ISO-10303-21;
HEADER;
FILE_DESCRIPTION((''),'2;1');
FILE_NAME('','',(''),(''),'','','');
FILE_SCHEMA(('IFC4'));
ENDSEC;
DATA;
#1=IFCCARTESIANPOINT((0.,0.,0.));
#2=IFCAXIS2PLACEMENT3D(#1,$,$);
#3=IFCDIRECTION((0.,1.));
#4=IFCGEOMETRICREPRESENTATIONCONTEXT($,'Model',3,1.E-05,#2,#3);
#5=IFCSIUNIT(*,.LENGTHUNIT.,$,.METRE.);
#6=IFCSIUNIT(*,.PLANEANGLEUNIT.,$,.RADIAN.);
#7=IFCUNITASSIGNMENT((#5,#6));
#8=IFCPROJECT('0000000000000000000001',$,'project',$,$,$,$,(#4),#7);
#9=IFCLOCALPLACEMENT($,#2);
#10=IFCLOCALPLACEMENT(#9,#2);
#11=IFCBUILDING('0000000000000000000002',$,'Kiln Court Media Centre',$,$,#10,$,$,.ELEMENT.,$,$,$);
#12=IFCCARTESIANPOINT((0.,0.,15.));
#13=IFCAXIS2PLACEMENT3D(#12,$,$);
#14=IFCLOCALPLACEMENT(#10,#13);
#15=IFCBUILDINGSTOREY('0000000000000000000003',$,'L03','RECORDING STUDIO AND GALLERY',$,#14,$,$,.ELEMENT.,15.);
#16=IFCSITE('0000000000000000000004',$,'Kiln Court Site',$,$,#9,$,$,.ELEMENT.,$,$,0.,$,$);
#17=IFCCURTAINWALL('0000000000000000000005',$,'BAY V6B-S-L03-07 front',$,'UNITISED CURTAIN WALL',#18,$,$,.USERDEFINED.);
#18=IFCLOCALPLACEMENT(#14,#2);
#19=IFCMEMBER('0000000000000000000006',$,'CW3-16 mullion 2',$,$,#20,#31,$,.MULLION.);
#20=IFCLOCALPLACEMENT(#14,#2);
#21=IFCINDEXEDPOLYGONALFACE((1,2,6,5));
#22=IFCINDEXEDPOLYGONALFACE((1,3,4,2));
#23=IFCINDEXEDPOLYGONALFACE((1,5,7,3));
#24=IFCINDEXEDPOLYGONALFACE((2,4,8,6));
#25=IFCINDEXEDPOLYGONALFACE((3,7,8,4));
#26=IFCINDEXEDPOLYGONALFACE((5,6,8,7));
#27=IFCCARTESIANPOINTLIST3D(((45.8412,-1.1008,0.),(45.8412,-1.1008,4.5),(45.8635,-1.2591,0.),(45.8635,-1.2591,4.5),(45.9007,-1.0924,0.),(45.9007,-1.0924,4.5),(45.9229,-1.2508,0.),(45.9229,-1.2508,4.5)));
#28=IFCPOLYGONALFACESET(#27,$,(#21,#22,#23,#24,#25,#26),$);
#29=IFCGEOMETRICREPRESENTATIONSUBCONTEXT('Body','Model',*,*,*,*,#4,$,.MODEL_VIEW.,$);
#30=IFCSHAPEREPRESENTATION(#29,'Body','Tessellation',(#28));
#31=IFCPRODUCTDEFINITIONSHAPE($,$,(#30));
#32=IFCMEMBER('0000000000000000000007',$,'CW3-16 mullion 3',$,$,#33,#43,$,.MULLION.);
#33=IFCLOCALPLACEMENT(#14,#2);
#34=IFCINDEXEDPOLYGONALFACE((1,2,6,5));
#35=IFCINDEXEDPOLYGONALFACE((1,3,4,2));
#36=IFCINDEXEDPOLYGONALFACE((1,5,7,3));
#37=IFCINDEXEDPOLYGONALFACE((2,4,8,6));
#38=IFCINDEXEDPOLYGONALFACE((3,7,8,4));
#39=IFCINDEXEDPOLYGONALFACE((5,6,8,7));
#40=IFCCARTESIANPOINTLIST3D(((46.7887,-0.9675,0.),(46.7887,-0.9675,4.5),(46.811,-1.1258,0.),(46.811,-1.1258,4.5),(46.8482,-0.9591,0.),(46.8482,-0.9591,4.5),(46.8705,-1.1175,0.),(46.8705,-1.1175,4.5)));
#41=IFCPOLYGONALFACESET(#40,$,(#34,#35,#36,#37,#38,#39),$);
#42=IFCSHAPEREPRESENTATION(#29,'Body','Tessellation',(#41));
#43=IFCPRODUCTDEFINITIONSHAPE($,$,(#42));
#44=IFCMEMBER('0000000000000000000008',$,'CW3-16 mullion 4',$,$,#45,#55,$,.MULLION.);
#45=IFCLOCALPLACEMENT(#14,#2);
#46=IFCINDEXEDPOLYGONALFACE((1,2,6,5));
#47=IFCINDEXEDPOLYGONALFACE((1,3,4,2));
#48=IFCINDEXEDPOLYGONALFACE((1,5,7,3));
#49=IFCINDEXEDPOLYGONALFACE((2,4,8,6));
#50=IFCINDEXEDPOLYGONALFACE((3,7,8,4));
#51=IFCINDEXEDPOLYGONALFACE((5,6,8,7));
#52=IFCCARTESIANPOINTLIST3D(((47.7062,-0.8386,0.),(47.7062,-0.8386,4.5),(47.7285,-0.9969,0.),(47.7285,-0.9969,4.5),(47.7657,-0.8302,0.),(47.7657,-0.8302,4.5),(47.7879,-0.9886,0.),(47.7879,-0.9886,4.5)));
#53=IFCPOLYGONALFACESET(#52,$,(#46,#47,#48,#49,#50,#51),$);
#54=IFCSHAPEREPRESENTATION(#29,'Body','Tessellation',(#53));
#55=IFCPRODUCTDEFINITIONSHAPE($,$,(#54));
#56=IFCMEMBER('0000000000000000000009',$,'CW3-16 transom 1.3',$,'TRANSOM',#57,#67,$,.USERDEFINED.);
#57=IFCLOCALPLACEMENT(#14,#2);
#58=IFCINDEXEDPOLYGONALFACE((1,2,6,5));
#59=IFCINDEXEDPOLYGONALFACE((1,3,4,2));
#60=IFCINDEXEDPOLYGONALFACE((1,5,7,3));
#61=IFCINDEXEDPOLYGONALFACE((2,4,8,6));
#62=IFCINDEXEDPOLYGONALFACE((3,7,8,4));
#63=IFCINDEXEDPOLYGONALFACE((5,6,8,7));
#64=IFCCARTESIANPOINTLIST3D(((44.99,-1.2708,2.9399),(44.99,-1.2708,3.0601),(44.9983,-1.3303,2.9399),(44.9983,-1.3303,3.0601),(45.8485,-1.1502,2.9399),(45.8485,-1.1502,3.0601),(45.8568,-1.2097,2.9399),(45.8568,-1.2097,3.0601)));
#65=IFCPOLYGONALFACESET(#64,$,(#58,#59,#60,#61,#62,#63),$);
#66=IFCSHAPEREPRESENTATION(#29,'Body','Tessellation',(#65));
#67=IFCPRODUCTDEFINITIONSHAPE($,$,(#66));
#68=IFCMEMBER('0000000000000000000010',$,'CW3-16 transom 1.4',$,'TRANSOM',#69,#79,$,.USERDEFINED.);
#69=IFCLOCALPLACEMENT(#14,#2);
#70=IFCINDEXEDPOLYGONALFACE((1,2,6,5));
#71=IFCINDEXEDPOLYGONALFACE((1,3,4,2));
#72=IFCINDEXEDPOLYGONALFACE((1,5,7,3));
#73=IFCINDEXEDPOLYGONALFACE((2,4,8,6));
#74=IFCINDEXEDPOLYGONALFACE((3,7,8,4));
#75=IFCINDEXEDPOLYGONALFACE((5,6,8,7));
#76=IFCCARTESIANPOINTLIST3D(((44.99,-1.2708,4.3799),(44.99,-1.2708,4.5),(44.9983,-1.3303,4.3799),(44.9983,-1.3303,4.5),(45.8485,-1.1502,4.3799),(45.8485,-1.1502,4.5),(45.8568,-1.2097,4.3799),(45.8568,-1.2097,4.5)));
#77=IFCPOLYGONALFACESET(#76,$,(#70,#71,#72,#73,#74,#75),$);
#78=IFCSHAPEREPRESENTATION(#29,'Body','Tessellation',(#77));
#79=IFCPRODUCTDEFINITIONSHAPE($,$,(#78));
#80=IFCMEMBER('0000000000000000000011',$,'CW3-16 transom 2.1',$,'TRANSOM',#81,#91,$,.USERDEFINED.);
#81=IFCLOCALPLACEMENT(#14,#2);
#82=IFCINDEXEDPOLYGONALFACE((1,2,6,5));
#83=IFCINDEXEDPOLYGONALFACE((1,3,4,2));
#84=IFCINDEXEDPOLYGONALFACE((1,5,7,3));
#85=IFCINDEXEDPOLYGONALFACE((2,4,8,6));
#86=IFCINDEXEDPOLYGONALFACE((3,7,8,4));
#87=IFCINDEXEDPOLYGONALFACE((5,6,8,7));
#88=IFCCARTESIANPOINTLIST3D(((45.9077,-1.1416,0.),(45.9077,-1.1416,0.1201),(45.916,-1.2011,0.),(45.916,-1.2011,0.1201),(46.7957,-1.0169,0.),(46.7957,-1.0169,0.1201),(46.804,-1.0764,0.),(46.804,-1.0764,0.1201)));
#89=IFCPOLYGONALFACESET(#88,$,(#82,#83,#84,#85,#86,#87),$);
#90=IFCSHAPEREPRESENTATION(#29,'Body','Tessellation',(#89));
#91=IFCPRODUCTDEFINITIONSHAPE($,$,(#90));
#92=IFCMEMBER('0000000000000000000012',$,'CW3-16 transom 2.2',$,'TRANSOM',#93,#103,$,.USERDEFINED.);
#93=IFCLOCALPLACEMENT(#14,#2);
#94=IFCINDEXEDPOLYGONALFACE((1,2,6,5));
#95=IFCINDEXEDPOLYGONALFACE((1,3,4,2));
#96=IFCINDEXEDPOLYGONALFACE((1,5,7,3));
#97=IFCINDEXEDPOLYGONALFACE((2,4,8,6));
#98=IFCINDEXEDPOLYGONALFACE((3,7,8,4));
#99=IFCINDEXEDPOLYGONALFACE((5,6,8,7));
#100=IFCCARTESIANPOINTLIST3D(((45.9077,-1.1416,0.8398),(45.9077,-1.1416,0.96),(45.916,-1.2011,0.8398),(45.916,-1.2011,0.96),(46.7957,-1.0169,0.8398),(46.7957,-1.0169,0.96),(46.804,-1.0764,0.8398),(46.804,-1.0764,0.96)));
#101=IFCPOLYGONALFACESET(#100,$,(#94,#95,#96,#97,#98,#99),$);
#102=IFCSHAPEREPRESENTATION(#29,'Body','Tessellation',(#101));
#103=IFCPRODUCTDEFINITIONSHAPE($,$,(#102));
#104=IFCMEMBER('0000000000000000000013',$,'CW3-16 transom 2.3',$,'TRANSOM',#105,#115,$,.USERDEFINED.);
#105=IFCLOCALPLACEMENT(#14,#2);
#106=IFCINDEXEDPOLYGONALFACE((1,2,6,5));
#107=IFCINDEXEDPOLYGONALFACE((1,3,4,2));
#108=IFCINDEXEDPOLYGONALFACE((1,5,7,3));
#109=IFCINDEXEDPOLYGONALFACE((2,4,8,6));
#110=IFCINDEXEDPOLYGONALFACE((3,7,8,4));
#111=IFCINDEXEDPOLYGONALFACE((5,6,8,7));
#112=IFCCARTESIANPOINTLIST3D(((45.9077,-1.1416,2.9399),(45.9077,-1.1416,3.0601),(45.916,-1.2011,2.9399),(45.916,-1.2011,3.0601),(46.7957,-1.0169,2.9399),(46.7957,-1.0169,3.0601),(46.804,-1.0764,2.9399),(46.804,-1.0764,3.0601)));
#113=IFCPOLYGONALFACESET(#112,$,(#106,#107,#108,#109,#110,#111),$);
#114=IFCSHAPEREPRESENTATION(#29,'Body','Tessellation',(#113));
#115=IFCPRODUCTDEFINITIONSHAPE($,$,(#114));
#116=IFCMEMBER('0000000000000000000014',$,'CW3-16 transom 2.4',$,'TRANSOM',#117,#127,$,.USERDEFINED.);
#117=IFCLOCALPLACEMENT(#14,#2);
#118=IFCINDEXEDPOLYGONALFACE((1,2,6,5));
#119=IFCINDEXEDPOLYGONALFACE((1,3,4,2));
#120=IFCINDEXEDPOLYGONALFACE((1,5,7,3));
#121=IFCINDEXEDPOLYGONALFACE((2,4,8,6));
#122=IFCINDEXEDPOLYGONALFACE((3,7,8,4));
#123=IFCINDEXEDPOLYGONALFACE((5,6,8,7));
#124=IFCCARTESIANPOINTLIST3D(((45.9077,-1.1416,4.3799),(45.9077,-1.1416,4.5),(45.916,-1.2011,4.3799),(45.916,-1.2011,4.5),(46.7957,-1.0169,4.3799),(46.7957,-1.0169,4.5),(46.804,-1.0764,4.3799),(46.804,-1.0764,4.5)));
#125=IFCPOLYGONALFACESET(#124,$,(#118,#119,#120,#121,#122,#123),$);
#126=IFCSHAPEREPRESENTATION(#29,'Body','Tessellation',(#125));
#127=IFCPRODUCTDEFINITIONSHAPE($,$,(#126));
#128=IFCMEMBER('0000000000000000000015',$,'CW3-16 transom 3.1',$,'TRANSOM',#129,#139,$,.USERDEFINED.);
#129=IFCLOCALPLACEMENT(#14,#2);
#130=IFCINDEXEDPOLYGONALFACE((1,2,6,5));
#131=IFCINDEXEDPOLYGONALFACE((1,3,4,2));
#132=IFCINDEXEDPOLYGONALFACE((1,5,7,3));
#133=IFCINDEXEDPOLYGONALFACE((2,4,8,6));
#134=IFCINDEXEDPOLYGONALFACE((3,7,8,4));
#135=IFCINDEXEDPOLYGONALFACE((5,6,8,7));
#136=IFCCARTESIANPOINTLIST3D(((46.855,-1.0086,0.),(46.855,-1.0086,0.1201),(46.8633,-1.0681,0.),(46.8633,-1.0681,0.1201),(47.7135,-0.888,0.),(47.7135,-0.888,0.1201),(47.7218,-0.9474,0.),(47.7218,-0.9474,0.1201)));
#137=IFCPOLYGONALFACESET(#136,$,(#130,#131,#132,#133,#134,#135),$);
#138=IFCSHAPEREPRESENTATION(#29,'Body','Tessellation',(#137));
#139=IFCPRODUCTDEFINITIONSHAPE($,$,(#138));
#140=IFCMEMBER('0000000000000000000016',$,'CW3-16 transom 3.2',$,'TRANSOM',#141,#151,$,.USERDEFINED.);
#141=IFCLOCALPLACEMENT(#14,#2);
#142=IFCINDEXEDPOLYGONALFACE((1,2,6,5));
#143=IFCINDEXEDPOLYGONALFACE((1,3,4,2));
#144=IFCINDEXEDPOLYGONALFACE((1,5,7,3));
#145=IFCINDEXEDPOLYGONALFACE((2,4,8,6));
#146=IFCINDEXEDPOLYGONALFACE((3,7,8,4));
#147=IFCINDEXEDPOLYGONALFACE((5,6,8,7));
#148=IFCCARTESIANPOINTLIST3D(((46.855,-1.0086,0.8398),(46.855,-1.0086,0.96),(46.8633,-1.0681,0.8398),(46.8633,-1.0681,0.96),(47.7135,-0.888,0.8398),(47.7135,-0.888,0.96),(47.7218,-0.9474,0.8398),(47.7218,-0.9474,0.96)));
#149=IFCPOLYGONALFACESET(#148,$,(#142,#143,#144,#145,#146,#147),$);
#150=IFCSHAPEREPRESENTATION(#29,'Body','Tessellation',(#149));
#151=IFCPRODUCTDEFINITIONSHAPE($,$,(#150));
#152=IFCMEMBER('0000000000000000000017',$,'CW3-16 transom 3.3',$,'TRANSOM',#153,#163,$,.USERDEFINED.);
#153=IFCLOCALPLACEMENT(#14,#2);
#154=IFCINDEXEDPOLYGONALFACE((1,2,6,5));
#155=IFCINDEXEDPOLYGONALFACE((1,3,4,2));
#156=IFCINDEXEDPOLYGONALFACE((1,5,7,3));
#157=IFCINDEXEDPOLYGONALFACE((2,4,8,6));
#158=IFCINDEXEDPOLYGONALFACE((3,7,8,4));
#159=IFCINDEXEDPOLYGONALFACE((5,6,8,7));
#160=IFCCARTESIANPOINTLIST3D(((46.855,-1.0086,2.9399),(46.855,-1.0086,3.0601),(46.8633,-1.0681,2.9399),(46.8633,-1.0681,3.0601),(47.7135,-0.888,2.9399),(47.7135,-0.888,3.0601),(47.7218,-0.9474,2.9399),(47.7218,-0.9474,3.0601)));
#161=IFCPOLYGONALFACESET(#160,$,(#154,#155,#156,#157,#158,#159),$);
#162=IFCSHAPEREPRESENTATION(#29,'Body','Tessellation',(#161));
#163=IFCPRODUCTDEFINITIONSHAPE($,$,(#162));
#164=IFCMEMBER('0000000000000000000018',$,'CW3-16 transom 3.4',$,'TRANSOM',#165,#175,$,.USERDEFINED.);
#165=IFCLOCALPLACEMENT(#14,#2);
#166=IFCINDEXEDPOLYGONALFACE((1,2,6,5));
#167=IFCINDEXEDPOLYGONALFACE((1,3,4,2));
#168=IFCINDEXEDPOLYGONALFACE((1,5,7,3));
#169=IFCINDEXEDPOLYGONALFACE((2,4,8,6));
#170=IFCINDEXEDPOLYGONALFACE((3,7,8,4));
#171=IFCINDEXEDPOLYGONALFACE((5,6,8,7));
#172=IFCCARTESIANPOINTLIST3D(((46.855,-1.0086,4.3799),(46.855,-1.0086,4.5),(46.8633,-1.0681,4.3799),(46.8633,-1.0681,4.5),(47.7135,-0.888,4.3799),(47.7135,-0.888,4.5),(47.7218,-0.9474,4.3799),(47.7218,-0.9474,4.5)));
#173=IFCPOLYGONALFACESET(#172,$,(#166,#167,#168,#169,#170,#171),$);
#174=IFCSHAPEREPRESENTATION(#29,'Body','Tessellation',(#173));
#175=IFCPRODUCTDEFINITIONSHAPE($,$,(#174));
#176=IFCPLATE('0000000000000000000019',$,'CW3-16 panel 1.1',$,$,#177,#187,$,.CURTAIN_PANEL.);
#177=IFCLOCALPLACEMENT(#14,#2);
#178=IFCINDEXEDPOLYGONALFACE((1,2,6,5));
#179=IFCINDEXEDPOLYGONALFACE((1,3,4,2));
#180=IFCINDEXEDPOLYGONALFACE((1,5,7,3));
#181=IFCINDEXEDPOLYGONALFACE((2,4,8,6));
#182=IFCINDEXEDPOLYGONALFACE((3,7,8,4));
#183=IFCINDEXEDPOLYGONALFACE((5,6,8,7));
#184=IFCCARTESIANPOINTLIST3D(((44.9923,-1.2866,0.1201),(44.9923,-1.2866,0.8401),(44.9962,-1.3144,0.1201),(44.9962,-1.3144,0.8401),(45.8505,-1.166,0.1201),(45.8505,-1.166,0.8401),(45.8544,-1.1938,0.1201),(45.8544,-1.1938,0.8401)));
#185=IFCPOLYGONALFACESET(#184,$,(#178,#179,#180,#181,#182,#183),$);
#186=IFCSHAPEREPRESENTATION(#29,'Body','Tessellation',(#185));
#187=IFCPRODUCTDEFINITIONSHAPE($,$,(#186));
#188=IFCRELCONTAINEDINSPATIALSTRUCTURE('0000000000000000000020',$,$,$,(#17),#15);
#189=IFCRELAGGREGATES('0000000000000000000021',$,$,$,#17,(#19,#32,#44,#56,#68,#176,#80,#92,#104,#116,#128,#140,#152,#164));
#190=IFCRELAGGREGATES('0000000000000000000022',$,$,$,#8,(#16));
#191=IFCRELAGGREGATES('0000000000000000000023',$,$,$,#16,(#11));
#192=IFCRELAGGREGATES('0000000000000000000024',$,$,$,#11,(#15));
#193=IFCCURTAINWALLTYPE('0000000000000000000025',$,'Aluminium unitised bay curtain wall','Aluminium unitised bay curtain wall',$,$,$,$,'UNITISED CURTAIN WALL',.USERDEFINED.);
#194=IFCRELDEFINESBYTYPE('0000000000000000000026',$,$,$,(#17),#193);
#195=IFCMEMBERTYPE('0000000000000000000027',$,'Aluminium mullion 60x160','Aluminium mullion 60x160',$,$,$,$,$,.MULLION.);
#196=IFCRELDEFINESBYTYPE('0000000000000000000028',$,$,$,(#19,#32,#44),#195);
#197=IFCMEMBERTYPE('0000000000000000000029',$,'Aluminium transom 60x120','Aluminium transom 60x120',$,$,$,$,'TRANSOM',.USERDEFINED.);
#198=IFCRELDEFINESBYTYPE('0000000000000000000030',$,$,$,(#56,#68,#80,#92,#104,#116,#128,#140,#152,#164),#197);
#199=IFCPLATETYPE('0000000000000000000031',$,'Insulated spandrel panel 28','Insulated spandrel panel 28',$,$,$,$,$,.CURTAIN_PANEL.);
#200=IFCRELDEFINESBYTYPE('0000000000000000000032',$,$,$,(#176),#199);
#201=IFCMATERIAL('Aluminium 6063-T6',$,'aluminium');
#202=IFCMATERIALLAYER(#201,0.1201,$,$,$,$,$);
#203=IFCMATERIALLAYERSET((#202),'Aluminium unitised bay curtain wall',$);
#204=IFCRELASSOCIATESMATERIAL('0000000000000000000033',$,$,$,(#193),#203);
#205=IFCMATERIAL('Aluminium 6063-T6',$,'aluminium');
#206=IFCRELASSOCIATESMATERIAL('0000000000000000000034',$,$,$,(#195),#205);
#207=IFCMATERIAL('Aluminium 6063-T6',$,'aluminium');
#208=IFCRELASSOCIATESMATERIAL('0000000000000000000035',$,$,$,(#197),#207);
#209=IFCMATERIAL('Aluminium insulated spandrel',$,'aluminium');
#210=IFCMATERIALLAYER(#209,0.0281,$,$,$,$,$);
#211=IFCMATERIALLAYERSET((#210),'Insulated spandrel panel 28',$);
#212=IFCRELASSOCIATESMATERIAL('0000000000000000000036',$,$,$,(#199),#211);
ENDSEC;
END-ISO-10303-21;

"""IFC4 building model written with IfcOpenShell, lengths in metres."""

from ifc_helpers import new_model, si_unit, direction, frame, origin, origin_2d, place, context, subcontext, project, spatial, rectangle, extrude, material, layer, layer_set, material_profile, profile_set, type_object, element, aggregate, save


model = new_model("IFC4")

# Units and contexts
model_context = context("Model", 3, precision=1e-05, world=origin(), true_north=direction((0.0, 1.0)))
body_context = subcontext(model_context, "Body", "Model", "MODEL_VIEW")
ifc_project = project(units=[si_unit("LENGTHUNIT", "METRE"), si_unit("PLANEANGLEUNIT", "RADIAN")], contexts=[model_context])

# Site, building, storey
site_placement = place(None, origin())
site = spatial("IfcSite", under=ifc_project, at=site_placement, Name="Kiln Court Site", CompositionType="ELEMENT", RefElevation=0.0)
building_placement = place(site_placement, origin())
building = spatial("IfcBuilding", under=site, at=building_placement, Name="Kiln Court Media Centre", CompositionType="ELEMENT")
storey_placement = place(building_placement, frame((0.0, 0.0, 15.0)))
storey = spatial("IfcBuildingStorey", under=building, at=storey_placement, Name="L03", Description="RECORDING STUDIO AND GALLERY", CompositionType="ELEMENT", Elevation=15.0)

# Curtain wall, members, plate
ifc_material_1 = material(Name="Aluminium 6063-T6", Category="aluminium")
ifc_layer_1 = layer(ifc_material_1, 0.1201)
ifc_layer_set_1 = layer_set([ifc_layer_1], Name="Aluminium unitised bay curtain wall")
curtain_wall_type = type_object("IfcCurtainWallType", Name="Aluminium unitised bay curtain wall", Description="Aluminium unitised bay curtain wall", ElementType="UNITISED CURTAIN WALL", PredefinedType="USERDEFINED", material=ifc_layer_set_1)
curtain_wall_placement = place(storey_placement, origin())
curtain_wall = element("IfcCurtainWall", 1, at=curtain_wall_placement, inside=storey, type_object=curtain_wall_type, Name="BAY V6B-S-L03-07 front", ObjectType="UNITISED CURTAIN WALL", PredefinedType="USERDEFINED")
ifc_material_2 = material(Name="Aluminium 6063-T6", Category="aluminium")
ifc_material_profile_1 = material_profile(ifc_material_2, rectangle(XDim=0.0601, YDim=0.1599, at=origin_2d()), Name="Aluminium mullion 60x160")
ifc_profile_set_1 = profile_set([ifc_material_profile_1], Name="Aluminium 6063-T6")
member_type_1 = type_object("IfcMemberType", Name="Aluminium mullion 60x160", Description="Aluminium mullion 60x160", PredefinedType="MULLION", material=ifc_profile_set_1)
member_1_placement = place(storey_placement, frame((45.8821, -1.1758, 0.0), z_axis=(0.0, 0.0, 1.0), x_axis=(0.99027, 0.139162, 0.0)))
member_1 = element("IfcMember", 2, at=member_1_placement, type_object=member_type_1, Name="CW3-16 mullion 2", PredefinedType="MULLION", context=body_context, shape_type="SweptSolid", body=[
    extrude(rectangle(XDim=0.0601, YDim=0.1599, at=origin_2d()), origin(), (0.0, 0.0, 1.0), 4.5),
])
member_2_placement = place(storey_placement, frame((46.8296, -1.0425, 0.0), z_axis=(0.0, 0.0, 1.0), x_axis=(0.99027, 0.139162, 0.0)))
member_2 = element("IfcMember", 3, at=member_2_placement, type_object=member_type_1, Name="CW3-16 mullion 3", PredefinedType="MULLION", context=body_context, shape_type="SweptSolid", body=[
    extrude(rectangle(XDim=0.0601, YDim=0.1599, at=origin_2d()), origin(), (0.0, 0.0, 1.0), 4.5),
])
member_3_placement = place(storey_placement, frame((47.7471, -0.9136, 0.0), z_axis=(0.0, 0.0, 1.0), x_axis=(0.99027, 0.139162, 0.0)))
member_3 = element("IfcMember", 4, at=member_3_placement, type_object=member_type_1, Name="CW3-16 mullion 4", PredefinedType="MULLION", context=body_context, shape_type="SweptSolid", body=[
    extrude(rectangle(XDim=0.0601, YDim=0.1599, at=origin_2d()), origin(), (0.0, 0.0, 1.0), 4.5),
])
ifc_material_3 = material(Name="Aluminium 6063-T6", Category="aluminium")
ifc_material_profile_2 = material_profile(ifc_material_3, rectangle(XDim=0.0601, YDim=0.1201, at=origin_2d()), Name="Aluminium transom 60x120")
ifc_profile_set_2 = profile_set([ifc_material_profile_2], Name="Aluminium 6063-T6")
member_type_2 = type_object("IfcMemberType", Name="Aluminium transom 60x120", Description="Aluminium transom 60x120", ElementType="TRANSOM", PredefinedType="USERDEFINED", material=ifc_profile_set_2)
member_4_placement = place(storey_placement, frame((44.9941, -1.3005, 3.0), z_axis=(0.990274, 0.139134, 0.0), x_axis=(-0.139134, 0.990274, 0.0)))
member_4 = element("IfcMember", 5, at=member_4_placement, type_object=member_type_2, Name="CW3-16 transom 1.3", ObjectType="TRANSOM", PredefinedType="USERDEFINED", context=body_context, shape_type="SweptSolid", body=[
    extrude(rectangle(XDim=0.0601, YDim=0.1201, at=origin_2d()), origin(), (0.0, 0.0, 1.0), 0.8669),
])
member_5_placement = place(storey_placement, frame((44.9941, -1.3005, 4.4399), z_axis=(0.990274, 0.139134, 0.0), x_axis=(-0.139134, 0.990274, 0.0)))
member_5 = element("IfcMember", 6, at=member_5_placement, type_object=member_type_2, Name="CW3-16 transom 1.4", ObjectType="TRANSOM", PredefinedType="USERDEFINED", context=body_context, shape_type="SweptSolid", body=[
    extrude(rectangle(XDim=0.0601, YDim=0.1201, at=origin_2d()), origin(), (0.0, 0.0, 1.0), 0.8669),
])
member_6_placement = place(storey_placement, frame((45.9119, -1.1714, 0.0601), z_axis=(0.990274, 0.139134, 0.0), x_axis=(-0.139134, 0.990274, 0.0)))
member_6 = element("IfcMember", 7, at=member_6_placement, type_object=member_type_2, Name="CW3-16 transom 2.1", ObjectType="TRANSOM", PredefinedType="USERDEFINED", context=body_context, shape_type="SweptSolid", body=[
    extrude(rectangle(XDim=0.0601, YDim=0.1201, at=origin_2d()), origin(), (0.0, 0.0, 1.0), 0.8967),
])
member_7_placement = place(storey_placement, frame((45.9119, -1.1714, 0.8999), z_axis=(0.990274, 0.139134, 0.0), x_axis=(-0.139134, 0.990274, 0.0)))
member_7 = element("IfcMember", 8, at=member_7_placement, type_object=member_type_2, Name="CW3-16 transom 2.2", ObjectType="TRANSOM", PredefinedType="USERDEFINED", context=body_context, shape_type="SweptSolid", body=[
    extrude(rectangle(XDim=0.0601, YDim=0.1201, at=origin_2d()), origin(), (0.0, 0.0, 1.0), 0.8967),
])
member_8_placement = place(storey_placement, frame((45.9119, -1.1714, 3.0), z_axis=(0.990274, 0.139134, 0.0), x_axis=(-0.139134, 0.990274, 0.0)))
member_8 = element("IfcMember", 9, at=member_8_placement, type_object=member_type_2, Name="CW3-16 transom 2.3", ObjectType="TRANSOM", PredefinedType="USERDEFINED", context=body_context, shape_type="SweptSolid", body=[
    extrude(rectangle(XDim=0.0601, YDim=0.1201, at=origin_2d()), origin(), (0.0, 0.0, 1.0), 0.8967),
])
member_9_placement = place(storey_placement, frame((45.9119, -1.1714, 4.4399), z_axis=(0.990274, 0.139134, 0.0), x_axis=(-0.139134, 0.990274, 0.0)))
member_9 = element("IfcMember", 10, at=member_9_placement, type_object=member_type_2, Name="CW3-16 transom 2.4", ObjectType="TRANSOM", PredefinedType="USERDEFINED", context=body_context, shape_type="SweptSolid", body=[
    extrude(rectangle(XDim=0.0601, YDim=0.1201, at=origin_2d()), origin(), (0.0, 0.0, 1.0), 0.8967),
])
member_10_placement = place(storey_placement, frame((46.8591, -1.0383, 0.0601), z_axis=(0.990274, 0.139134, 0.0), x_axis=(-0.139134, 0.990274, 0.0)))
member_10 = element("IfcMember", 11, at=member_10_placement, type_object=member_type_2, Name="CW3-16 transom 3.1", ObjectType="TRANSOM", PredefinedType="USERDEFINED", context=body_context, shape_type="SweptSolid", body=[
    extrude(rectangle(XDim=0.0601, YDim=0.1201, at=origin_2d()), origin(), (0.0, 0.0, 1.0), 0.8669),
])
member_11_placement = place(storey_placement, frame((46.8591, -1.0383, 0.8999), z_axis=(0.990274, 0.139134, 0.0), x_axis=(-0.139134, 0.990274, 0.0)))
member_11 = element("IfcMember", 12, at=member_11_placement, type_object=member_type_2, Name="CW3-16 transom 3.2", ObjectType="TRANSOM", PredefinedType="USERDEFINED", context=body_context, shape_type="SweptSolid", body=[
    extrude(rectangle(XDim=0.0601, YDim=0.1201, at=origin_2d()), origin(), (0.0, 0.0, 1.0), 0.8669),
])
member_12_placement = place(storey_placement, frame((46.8591, -1.0383, 3.0), z_axis=(0.990274, 0.139134, 0.0), x_axis=(-0.139134, 0.990274, 0.0)))
member_12 = element("IfcMember", 13, at=member_12_placement, type_object=member_type_2, Name="CW3-16 transom 3.3", ObjectType="TRANSOM", PredefinedType="USERDEFINED", context=body_context, shape_type="SweptSolid", body=[
    extrude(rectangle(XDim=0.0601, YDim=0.1201, at=origin_2d()), origin(), (0.0, 0.0, 1.0), 0.8669),
])
member_13_placement = place(storey_placement, frame((46.8591, -1.0383, 4.4399), z_axis=(0.990274, 0.139134, 0.0), x_axis=(-0.139134, 0.990274, 0.0)))
member_13 = element("IfcMember", 14, at=member_13_placement, type_object=member_type_2, Name="CW3-16 transom 3.4", ObjectType="TRANSOM", PredefinedType="USERDEFINED", context=body_context, shape_type="SweptSolid", body=[
    extrude(rectangle(XDim=0.0601, YDim=0.1201, at=origin_2d()), origin(), (0.0, 0.0, 1.0), 0.8669),
])
ifc_material_4 = material(Name="Aluminium insulated spandrel", Category="aluminium")
ifc_layer_2 = layer(ifc_material_4, 0.0281)
ifc_layer_set_2 = layer_set([ifc_layer_2], Name="Insulated spandrel panel 28")
plate_type_1 = type_object("IfcPlateType", Name="Insulated spandrel panel 28", Description="Insulated spandrel panel 28", PredefinedType="CURTAIN_PANEL", material=ifc_layer_set_2)
plate_1_placement = place(storey_placement, frame((45.4233, -1.2402, 0.1201), z_axis=(0.0, 0.0, 1.0), x_axis=(0.99027, 0.139162, 0.0)))
plate_1 = element("IfcPlate", 15, at=plate_1_placement, type_object=plate_type_1, Name="CW3-16 panel 1.1", PredefinedType="CURTAIN_PANEL", context=body_context, shape_type="SweptSolid", body=[
    extrude(rectangle(XDim=0.8667, YDim=0.0281, at=origin_2d()), origin(), (0.0, 0.0, 1.0), 0.72),
])
aggregate(curtain_wall, [member_1, member_2, member_3, member_4, member_5, plate_1, member_6, member_7, member_8, member_9, member_10, member_11, member_12, member_13])

save(model, "model.ifc")
